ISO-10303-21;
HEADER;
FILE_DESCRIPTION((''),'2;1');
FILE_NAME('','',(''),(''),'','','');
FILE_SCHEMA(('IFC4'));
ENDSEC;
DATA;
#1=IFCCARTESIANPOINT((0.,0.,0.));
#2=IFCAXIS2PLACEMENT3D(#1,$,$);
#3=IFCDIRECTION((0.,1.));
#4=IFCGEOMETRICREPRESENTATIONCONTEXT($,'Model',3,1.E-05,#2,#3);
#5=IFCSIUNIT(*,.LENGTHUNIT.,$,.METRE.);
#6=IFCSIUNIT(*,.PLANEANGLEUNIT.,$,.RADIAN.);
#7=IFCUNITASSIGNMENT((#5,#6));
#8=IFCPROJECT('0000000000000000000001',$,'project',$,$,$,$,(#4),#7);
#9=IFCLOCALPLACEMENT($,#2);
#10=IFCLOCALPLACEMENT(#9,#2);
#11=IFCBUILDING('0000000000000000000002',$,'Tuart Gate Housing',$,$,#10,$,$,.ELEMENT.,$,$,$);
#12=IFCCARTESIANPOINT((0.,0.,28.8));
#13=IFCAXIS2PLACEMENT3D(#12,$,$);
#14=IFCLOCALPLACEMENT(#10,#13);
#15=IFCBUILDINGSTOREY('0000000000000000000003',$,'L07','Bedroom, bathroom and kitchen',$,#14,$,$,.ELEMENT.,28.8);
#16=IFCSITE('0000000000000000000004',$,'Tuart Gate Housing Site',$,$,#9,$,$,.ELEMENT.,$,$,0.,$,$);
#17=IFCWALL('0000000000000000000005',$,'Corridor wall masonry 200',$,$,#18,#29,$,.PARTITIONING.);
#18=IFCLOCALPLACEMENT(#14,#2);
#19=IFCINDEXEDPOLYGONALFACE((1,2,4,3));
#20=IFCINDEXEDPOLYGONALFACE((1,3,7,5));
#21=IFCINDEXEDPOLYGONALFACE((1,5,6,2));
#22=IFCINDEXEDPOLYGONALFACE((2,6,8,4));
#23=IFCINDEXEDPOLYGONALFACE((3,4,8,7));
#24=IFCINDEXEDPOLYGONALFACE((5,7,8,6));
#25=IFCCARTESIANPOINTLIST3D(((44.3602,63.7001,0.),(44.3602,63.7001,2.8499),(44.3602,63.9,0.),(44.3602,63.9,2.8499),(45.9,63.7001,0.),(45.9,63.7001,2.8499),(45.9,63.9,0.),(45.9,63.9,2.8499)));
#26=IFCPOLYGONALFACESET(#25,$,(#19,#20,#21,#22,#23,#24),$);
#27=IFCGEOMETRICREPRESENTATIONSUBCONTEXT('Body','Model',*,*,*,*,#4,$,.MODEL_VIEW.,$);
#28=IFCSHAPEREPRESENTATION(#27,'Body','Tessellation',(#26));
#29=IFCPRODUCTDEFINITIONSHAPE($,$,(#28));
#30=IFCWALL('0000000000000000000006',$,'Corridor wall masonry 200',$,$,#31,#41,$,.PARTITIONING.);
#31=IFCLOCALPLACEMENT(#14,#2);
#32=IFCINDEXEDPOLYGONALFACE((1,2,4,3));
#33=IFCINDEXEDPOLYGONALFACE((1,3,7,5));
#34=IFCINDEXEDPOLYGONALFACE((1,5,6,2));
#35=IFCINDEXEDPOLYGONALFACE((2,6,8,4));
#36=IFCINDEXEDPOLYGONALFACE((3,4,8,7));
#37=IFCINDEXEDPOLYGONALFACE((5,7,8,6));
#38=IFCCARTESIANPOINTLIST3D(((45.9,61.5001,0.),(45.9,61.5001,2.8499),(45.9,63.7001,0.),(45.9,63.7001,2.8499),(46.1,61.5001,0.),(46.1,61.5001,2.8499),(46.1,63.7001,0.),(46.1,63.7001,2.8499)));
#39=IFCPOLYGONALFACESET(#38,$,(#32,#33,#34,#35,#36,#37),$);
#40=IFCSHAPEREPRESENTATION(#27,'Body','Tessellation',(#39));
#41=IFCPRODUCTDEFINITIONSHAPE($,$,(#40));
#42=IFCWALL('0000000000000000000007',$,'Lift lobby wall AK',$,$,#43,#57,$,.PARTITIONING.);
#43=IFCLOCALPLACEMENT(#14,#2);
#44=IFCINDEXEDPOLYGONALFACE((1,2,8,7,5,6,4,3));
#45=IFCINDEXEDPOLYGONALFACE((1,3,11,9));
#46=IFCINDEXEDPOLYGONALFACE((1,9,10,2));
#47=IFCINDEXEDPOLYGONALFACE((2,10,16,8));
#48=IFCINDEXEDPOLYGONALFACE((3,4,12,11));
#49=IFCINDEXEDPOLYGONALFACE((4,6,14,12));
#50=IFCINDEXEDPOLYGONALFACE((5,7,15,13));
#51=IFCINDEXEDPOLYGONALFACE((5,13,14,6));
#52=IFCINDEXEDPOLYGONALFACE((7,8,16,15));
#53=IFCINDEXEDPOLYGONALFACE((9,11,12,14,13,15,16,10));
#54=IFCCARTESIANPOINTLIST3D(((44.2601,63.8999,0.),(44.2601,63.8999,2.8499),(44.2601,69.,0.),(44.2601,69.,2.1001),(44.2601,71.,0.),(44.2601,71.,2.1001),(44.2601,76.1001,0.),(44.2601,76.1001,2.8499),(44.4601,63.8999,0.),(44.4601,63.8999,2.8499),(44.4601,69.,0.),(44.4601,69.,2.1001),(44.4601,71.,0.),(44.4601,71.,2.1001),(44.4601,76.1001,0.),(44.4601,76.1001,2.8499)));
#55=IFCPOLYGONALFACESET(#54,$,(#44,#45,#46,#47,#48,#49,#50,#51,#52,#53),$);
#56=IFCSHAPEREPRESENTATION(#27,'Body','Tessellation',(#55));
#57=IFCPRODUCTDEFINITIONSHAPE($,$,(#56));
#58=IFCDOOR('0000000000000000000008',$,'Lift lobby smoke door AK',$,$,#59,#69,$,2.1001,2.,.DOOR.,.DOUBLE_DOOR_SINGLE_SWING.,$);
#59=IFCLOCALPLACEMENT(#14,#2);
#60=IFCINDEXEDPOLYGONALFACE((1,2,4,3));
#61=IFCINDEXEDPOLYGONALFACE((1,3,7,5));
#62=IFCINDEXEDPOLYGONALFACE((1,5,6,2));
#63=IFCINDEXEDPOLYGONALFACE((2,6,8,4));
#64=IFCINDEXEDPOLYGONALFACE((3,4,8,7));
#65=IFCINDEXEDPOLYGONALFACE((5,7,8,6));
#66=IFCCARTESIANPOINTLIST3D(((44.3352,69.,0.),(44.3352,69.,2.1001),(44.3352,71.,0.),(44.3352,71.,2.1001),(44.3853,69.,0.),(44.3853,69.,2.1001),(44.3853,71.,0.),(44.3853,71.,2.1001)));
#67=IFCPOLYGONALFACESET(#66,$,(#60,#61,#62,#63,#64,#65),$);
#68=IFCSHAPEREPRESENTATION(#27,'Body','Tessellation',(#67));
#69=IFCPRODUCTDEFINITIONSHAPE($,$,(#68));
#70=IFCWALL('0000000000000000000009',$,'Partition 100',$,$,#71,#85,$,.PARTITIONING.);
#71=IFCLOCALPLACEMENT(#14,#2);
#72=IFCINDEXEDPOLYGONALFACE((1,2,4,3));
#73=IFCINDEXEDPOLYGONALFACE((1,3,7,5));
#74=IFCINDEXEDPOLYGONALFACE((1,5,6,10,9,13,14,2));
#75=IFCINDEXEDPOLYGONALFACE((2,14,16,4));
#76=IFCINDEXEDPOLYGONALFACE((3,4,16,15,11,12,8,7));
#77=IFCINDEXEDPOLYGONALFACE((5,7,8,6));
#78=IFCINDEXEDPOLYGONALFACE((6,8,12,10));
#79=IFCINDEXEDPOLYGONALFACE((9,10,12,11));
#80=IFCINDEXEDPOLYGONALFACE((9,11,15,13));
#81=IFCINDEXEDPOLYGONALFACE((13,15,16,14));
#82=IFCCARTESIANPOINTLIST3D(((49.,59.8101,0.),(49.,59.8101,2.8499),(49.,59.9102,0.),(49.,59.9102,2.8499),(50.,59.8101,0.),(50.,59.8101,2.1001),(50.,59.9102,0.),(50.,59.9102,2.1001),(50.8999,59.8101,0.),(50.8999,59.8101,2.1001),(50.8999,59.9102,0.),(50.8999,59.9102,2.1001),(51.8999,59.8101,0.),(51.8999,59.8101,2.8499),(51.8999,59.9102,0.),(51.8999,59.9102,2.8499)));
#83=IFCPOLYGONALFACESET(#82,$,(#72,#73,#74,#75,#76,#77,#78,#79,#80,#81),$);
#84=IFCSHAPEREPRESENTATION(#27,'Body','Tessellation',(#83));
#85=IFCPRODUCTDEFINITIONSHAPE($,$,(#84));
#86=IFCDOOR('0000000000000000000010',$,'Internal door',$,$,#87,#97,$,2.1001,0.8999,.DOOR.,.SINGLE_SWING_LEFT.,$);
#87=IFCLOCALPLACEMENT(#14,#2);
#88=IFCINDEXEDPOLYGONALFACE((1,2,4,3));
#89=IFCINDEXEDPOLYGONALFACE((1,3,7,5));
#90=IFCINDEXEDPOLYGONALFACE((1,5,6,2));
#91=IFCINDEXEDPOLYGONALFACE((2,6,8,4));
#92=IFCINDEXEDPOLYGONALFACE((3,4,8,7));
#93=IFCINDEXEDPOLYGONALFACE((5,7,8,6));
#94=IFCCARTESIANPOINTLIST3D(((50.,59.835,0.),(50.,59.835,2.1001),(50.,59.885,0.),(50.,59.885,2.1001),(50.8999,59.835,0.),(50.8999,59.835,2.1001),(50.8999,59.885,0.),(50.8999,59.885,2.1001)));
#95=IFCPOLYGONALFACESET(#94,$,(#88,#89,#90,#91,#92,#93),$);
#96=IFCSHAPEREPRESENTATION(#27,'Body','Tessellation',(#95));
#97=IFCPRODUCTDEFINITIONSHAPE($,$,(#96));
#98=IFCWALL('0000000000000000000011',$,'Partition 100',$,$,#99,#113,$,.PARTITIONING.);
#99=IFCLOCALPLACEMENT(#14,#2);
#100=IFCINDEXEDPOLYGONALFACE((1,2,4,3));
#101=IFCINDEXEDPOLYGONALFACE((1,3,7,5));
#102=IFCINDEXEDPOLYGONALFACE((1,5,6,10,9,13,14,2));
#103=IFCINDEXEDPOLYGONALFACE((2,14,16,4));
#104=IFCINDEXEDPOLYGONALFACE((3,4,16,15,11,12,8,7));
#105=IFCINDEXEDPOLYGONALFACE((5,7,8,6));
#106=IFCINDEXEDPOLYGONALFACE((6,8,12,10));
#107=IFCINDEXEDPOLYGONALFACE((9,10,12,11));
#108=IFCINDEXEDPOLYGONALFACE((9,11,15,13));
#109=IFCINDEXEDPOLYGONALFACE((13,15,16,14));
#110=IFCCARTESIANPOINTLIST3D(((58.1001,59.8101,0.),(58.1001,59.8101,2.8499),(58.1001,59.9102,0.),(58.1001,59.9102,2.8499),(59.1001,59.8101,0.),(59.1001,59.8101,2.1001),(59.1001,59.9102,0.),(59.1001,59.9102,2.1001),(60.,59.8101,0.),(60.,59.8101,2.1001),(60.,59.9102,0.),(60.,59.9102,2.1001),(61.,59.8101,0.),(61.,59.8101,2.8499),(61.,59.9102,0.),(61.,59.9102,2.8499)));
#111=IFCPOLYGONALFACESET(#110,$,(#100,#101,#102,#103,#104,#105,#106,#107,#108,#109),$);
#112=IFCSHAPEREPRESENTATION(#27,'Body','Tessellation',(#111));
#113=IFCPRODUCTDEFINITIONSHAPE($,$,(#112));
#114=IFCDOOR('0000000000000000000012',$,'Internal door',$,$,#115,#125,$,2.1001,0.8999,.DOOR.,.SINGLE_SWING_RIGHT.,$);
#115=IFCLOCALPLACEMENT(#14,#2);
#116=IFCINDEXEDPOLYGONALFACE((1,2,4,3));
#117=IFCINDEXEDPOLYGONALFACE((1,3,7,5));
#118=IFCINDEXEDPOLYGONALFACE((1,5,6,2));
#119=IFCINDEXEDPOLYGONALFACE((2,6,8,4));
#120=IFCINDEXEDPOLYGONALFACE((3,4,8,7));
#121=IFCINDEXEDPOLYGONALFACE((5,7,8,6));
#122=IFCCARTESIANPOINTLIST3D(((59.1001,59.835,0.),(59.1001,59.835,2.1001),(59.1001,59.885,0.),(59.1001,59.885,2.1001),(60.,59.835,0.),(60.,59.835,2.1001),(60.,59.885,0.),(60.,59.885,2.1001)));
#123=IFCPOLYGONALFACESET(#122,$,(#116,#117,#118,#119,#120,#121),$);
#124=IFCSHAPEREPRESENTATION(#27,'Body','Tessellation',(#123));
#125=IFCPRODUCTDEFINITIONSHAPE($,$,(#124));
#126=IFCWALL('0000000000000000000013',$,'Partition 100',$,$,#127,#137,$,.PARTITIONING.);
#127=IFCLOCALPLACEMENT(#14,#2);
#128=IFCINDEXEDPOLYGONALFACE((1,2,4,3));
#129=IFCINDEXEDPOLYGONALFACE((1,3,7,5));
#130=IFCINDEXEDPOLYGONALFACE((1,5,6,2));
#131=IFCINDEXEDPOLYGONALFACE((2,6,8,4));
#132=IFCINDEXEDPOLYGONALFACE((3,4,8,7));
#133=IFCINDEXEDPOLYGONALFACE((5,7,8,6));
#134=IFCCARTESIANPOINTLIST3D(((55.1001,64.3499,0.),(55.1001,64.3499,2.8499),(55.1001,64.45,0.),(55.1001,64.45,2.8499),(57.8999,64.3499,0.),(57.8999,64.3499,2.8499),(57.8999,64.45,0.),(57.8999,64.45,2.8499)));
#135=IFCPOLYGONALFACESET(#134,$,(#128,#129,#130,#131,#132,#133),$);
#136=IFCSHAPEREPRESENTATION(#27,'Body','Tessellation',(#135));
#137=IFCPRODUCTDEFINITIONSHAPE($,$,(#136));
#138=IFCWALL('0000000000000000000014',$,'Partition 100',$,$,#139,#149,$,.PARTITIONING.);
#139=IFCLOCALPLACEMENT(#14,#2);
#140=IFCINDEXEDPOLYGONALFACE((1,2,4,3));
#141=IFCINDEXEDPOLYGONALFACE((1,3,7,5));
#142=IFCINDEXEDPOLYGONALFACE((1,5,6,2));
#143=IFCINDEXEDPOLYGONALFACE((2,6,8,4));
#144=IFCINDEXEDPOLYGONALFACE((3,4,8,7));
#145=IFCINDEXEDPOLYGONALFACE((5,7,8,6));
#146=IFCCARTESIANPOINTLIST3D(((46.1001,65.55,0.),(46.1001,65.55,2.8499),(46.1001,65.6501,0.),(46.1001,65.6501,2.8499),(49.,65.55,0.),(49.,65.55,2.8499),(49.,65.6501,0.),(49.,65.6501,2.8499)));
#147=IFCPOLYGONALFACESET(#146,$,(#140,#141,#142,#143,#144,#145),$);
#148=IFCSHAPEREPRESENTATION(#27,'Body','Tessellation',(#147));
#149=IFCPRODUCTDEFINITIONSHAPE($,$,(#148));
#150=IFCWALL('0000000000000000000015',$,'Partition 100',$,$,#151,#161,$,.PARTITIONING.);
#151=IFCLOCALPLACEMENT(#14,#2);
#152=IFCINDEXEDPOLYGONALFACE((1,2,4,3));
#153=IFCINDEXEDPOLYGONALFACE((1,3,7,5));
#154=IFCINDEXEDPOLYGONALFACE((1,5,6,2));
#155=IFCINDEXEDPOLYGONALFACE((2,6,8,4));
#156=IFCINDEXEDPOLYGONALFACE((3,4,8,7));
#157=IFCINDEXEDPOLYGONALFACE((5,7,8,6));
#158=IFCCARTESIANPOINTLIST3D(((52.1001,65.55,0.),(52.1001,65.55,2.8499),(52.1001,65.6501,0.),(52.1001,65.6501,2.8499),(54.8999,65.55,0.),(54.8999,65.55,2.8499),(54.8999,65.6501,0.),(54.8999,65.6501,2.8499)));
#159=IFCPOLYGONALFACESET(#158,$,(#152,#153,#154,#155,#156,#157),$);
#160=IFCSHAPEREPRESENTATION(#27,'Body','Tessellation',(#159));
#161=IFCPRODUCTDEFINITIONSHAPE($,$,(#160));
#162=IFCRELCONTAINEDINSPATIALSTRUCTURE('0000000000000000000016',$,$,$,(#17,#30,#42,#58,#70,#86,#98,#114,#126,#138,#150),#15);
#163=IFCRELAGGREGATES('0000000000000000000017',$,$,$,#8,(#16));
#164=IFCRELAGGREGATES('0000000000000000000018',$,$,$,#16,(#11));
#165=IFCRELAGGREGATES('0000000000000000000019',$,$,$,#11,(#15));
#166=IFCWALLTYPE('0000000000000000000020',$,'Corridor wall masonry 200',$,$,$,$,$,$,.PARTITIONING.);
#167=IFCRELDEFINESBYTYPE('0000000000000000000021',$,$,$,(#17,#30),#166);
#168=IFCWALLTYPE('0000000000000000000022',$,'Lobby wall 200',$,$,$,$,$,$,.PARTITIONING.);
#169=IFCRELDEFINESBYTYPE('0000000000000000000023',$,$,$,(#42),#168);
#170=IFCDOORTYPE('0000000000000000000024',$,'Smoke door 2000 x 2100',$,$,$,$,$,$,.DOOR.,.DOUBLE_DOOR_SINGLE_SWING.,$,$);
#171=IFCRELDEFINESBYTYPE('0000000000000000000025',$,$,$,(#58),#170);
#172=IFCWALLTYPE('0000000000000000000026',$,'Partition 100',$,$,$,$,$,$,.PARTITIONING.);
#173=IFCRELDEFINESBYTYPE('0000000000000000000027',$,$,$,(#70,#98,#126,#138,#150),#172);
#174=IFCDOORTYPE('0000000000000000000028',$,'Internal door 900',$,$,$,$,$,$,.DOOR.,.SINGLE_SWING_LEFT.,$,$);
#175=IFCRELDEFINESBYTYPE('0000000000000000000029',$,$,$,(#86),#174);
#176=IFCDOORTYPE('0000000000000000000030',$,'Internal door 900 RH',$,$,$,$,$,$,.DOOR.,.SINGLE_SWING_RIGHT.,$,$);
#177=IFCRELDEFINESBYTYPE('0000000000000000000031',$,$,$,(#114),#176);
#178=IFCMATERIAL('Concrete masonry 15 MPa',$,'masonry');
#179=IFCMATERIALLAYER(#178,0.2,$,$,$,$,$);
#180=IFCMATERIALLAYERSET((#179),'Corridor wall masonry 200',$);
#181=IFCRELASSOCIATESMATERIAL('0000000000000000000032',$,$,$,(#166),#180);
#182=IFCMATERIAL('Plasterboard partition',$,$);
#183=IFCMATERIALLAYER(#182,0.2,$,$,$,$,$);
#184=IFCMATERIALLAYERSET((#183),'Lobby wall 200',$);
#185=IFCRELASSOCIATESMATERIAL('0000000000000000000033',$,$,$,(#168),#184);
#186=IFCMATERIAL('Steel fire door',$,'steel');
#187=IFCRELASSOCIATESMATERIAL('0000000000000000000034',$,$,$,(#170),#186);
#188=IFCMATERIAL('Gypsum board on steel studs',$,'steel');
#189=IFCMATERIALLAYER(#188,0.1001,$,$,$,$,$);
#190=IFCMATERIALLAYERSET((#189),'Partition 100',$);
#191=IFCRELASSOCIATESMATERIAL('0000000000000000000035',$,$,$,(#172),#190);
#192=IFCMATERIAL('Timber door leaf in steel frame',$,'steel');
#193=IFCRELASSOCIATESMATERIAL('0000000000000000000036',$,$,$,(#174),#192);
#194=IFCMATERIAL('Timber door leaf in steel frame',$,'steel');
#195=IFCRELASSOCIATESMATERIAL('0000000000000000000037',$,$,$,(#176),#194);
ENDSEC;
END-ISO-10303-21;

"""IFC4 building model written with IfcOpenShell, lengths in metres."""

from ifc_helpers import new_model, si_unit, direction, frame, frame_2d, origin, place, context, subcontext, project, spatial, rectangle, extrude, material, layer, layer_set, type_object, element, fill, save


model = new_model("IFC4")

# Units and contexts
model_context = context("Model", 3, precision=1e-05, world=origin(), true_north=direction((0.0, 1.0)))
body_context = subcontext(model_context, "Body", "Model", "MODEL_VIEW")
ifc_project = project(units=[si_unit("LENGTHUNIT", "METRE"), si_unit("PLANEANGLEUNIT", "RADIAN")], contexts=[model_context])

# Site, building, storey
site_placement = place(None, origin())
site = spatial("IfcSite", under=ifc_project, at=site_placement, Name="Tuart Gate Housing Site", CompositionType="ELEMENT", RefElevation=0.0)
building_placement = place(site_placement, origin())
building = spatial("IfcBuilding", under=site, at=building_placement, Name="Tuart Gate Housing", CompositionType="ELEMENT")
storey_placement = place(building_placement, frame((0.0, 0.0, 28.8)))
storey = spatial("IfcBuildingStorey", under=building, at=storey_placement, Name="L07", Description="Bedroom, bathroom and kitchen", CompositionType="ELEMENT", Elevation=28.8)

# Walls
ifc_material_1 = material(Name="Concrete masonry 15 MPa", Category="masonry")
ifc_layer_1 = layer(ifc_material_1, 0.2)
ifc_layer_set_1 = layer_set([ifc_layer_1], Name="Corridor wall masonry 200")
wall_type_1 = type_object("IfcWallType", Name="Corridor wall masonry 200", PredefinedType="PARTITIONING", material=ifc_layer_set_1)
wall_1_placement = place(storey_placement, frame((44.3601, 63.8, 0.0), z_axis=(0.0, 0.0, 1.0), x_axis=(1.0, 0.0, 0.0)))
element("IfcWall", 1, at=wall_1_placement, inside=storey, type_object=wall_type_1, Name="Corridor wall masonry 200", PredefinedType="PARTITIONING", context=body_context, shape_type="SweptSolid", body=[
    extrude(rectangle(XDim=1.5398, YDim=0.2, at=frame_2d((0.77, 0.0))), origin(), (0.0, 0.0, 1.0), 2.8499),
])
wall_2_placement = place(storey_placement, frame((46.0, 61.5, 0.0), z_axis=(0.0, 0.0, 1.0), x_axis=(0.0, 1.0, 0.0)))
element("IfcWall", 2, at=wall_2_placement, inside=storey, type_object=wall_type_1, Name="Corridor wall masonry 200", PredefinedType="PARTITIONING", context=body_context, shape_type="SweptSolid", body=[
    extrude(rectangle(XDim=2.2, YDim=0.2, at=frame_2d((1.1001, 0.0))), origin(), (0.0, 0.0, 1.0), 2.8499),
])

# Walls, openings, doors
ifc_material_2 = material(Name="Plasterboard partition")
ifc_layer_2 = layer(ifc_material_2, 0.2)
ifc_layer_set_2 = layer_set([ifc_layer_2], Name="Lobby wall 200")
wall_type_2 = type_object("IfcWallType", Name="Lobby wall 200", PredefinedType="PARTITIONING", material=ifc_layer_set_2)
wall_3_placement = place(storey_placement, frame((44.3601, 63.8999, 0.0), z_axis=(0.0, 0.0, 1.0), x_axis=(0.0, 1.0, 0.0)))
wall_3 = element("IfcWall", 3, at=wall_3_placement, inside=storey, type_object=wall_type_2, Name="Lift lobby wall AK", PredefinedType="PARTITIONING", context=body_context, shape_type="SweptSolid", body=[
    extrude(rectangle(XDim=12.2002, YDim=0.2, at=frame_2d((6.1001, 0.0))), origin(), (0.0, 0.0, 1.0), 2.8499),
])
opening_1_placement = place(wall_3_placement, frame((5.1001, 0.0, 0.0)))
opening_1 = element("IfcOpeningElement", 4, at=opening_1_placement, cuts=wall_3, PredefinedType="OPENING", context=body_context, shape_type="SweptSolid", body=[
    extrude(rectangle(XDim=2.0, YDim=2.1001, at=frame_2d((1.0, 1.05))), frame((0.0, 0.1099, 0.0), z_axis=(0.0, -1.0, 0.0), x_axis=(1.0, 0.0, 0.0)), (0.0, 0.0, 1.0), 0.22),
])
ifc_material_3 = material(Name="Steel fire door", Category="steel")
door_type_1 = type_object("IfcDoorType", Name="Smoke door 2000 x 2100", OperationType="DOUBLE_DOOR_SINGLE_SWING", PredefinedType="DOOR", material=ifc_material_3)
door_1_placement = place(opening_1_placement, origin())
door_1 = element("IfcDoor", 5, at=door_1_placement, inside=storey, type_object=door_type_1, Name="Lift lobby smoke door AK", OperationType="DOUBLE_DOOR_SINGLE_SWING", OverallHeight=2.1001, OverallWidth=2.0, PredefinedType="DOOR", context=body_context, shape_type="SweptSolid", body=[
    extrude(rectangle(XDim=2.0, YDim=2.1001, at=frame_2d((1.0, 1.05))), frame((0.0, 0.0249, 0.0), z_axis=(0.0, -1.0, 0.0), x_axis=(1.0, 0.0, 0.0)), (0.0, 0.0, 1.0), 0.05),
])
fill(opening_1, door_1)
ifc_material_4 = material(Name="Gypsum board on steel studs", Category="steel")
ifc_layer_3 = layer(ifc_material_4, 0.1001)
ifc_layer_set_3 = layer_set([ifc_layer_3], Name="Partition 100")
wall_type_3 = type_object("IfcWallType", Name="Partition 100", PredefinedType="PARTITIONING", material=ifc_layer_set_3)
wall_4_placement = place(storey_placement, frame((49.0, 59.8601, 0.0), z_axis=(0.0, 0.0, 1.0), x_axis=(1.0, 0.0, 0.0)))
wall_4 = element("IfcWall", 6, at=wall_4_placement, inside=storey, type_object=wall_type_3, Name="Partition 100", PredefinedType="PARTITIONING", context=body_context, shape_type="SweptSolid", body=[
    extrude(rectangle(XDim=2.8999, YDim=0.1001, at=frame_2d((1.45, 0.0))), origin(), (0.0, 0.0, 1.0), 2.8499),
])
opening_2_placement = place(wall_4_placement, frame((1.0, 0.0, 0.0)))
opening_2 = element("IfcOpeningElement", 7, at=opening_2_placement, cuts=wall_4, PredefinedType="OPENING", context=body_context, shape_type="SweptSolid", body=[
    extrude(rectangle(XDim=0.8999, YDim=2.1001, at=frame_2d((0.45, 1.05))), frame((0.0, 0.0601, 0.0), z_axis=(0.0, -1.0, 0.0), x_axis=(1.0, 0.0, 0.0)), (0.0, 0.0, 1.0), 0.1201),
])
ifc_material_5 = material(Name="Timber door leaf in steel frame", Category="steel")
door_type_2 = type_object("IfcDoorType", Name="Internal door 900", OperationType="SINGLE_SWING_LEFT", PredefinedType="DOOR", material=ifc_material_5)
door_2_placement = place(opening_2_placement, origin())
door_2 = element("IfcDoor", 8, at=door_2_placement, inside=storey, type_object=door_type_2, Name="Internal door", OperationType="SINGLE_SWING_LEFT", OverallHeight=2.1001, OverallWidth=0.8999, PredefinedType="DOOR", context=body_context, shape_type="SweptSolid", body=[
    extrude(rectangle(XDim=0.8999, YDim=2.1001, at=frame_2d((0.45, 1.05))), frame((0.0, 0.0249, 0.0), z_axis=(0.0, -1.0, 0.0), x_axis=(1.0, 0.0, 0.0)), (0.0, 0.0, 1.0), 0.05),
])
fill(opening_2, door_2)
wall_5_placement = place(storey_placement, frame((58.1001, 59.8601, 0.0), z_axis=(0.0, 0.0, 1.0), x_axis=(1.0, 0.0, 0.0)))
wall_5 = element("IfcWall", 9, at=wall_5_placement, inside=storey, type_object=wall_type_3, Name="Partition 100", PredefinedType="PARTITIONING", context=body_context, shape_type="SweptSolid", body=[
    extrude(rectangle(XDim=2.8999, YDim=0.1001, at=frame_2d((1.45, 0.0))), origin(), (0.0, 0.0, 1.0), 2.8499),
])
opening_3_placement = place(wall_5_placement, frame((1.0, 0.0, 0.0)))
opening_3 = element("IfcOpeningElement", 10, at=opening_3_placement, cuts=wall_5, PredefinedType="OPENING", context=body_context, shape_type="SweptSolid", body=[
    extrude(rectangle(XDim=0.8999, YDim=2.1001, at=frame_2d((0.45, 1.05))), frame((0.0, 0.0601, 0.0), z_axis=(0.0, -1.0, 0.0), x_axis=(1.0, 0.0, 0.0)), (0.0, 0.0, 1.0), 0.1201),
])
ifc_material_6 = material(Name="Timber door leaf in steel frame", Category="steel")
door_type_3 = type_object("IfcDoorType", Name="Internal door 900 RH", OperationType="SINGLE_SWING_RIGHT", PredefinedType="DOOR", material=ifc_material_6)
door_3_placement = place(opening_3_placement, origin())
door_3 = element("IfcDoor", 11, at=door_3_placement, inside=storey, type_object=door_type_3, Name="Internal door", OperationType="SINGLE_SWING_RIGHT", OverallHeight=2.1001, OverallWidth=0.8999, PredefinedType="DOOR", context=body_context, shape_type="SweptSolid", body=[
    extrude(rectangle(XDim=0.8999, YDim=2.1001, at=frame_2d((0.45, 1.05))), frame((0.0, 0.0249, 0.0), z_axis=(0.0, -1.0, 0.0), x_axis=(1.0, 0.0, 0.0)), (0.0, 0.0, 1.0), 0.05),
])
fill(opening_3, door_3)

# Walls
wall_6_placement = place(storey_placement, frame((55.1001, 64.3999, 0.0), z_axis=(0.0, 0.0, 1.0), x_axis=(1.0, 0.0, 0.0)))
element("IfcWall", 12, at=wall_6_placement, inside=storey, type_object=wall_type_3, Name="Partition 100", PredefinedType="PARTITIONING", context=body_context, shape_type="SweptSolid", body=[
    extrude(rectangle(XDim=2.7998, YDim=0.1001, at=frame_2d((1.3999, 0.0))), origin(), (0.0, 0.0, 1.0), 2.8499),
])
wall_7_placement = place(storey_placement, frame((46.1001, 65.6001, 0.0), z_axis=(0.0, 0.0, 1.0), x_axis=(1.0, 0.0, 0.0)))
element("IfcWall", 13, at=wall_7_placement, inside=storey, type_object=wall_type_3, Name="Partition 100", PredefinedType="PARTITIONING", context=body_context, shape_type="SweptSolid", body=[
    extrude(rectangle(XDim=2.8999, YDim=0.1001, at=frame_2d((1.45, 0.0))), origin(), (0.0, 0.0, 1.0), 2.8499),
])
wall_8_placement = place(storey_placement, frame((52.1001, 65.6001, 0.0), z_axis=(0.0, 0.0, 1.0), x_axis=(1.0, 0.0, 0.0)))
element("IfcWall", 14, at=wall_8_placement, inside=storey, type_object=wall_type_3, Name="Partition 100", PredefinedType="PARTITIONING", context=body_context, shape_type="SweptSolid", body=[
    extrude(rectangle(XDim=2.7998, YDim=0.1001, at=frame_2d((1.3999, 0.0))), origin(), (0.0, 0.0, 1.0), 2.8499),
])

save(model, "model.ifc")
